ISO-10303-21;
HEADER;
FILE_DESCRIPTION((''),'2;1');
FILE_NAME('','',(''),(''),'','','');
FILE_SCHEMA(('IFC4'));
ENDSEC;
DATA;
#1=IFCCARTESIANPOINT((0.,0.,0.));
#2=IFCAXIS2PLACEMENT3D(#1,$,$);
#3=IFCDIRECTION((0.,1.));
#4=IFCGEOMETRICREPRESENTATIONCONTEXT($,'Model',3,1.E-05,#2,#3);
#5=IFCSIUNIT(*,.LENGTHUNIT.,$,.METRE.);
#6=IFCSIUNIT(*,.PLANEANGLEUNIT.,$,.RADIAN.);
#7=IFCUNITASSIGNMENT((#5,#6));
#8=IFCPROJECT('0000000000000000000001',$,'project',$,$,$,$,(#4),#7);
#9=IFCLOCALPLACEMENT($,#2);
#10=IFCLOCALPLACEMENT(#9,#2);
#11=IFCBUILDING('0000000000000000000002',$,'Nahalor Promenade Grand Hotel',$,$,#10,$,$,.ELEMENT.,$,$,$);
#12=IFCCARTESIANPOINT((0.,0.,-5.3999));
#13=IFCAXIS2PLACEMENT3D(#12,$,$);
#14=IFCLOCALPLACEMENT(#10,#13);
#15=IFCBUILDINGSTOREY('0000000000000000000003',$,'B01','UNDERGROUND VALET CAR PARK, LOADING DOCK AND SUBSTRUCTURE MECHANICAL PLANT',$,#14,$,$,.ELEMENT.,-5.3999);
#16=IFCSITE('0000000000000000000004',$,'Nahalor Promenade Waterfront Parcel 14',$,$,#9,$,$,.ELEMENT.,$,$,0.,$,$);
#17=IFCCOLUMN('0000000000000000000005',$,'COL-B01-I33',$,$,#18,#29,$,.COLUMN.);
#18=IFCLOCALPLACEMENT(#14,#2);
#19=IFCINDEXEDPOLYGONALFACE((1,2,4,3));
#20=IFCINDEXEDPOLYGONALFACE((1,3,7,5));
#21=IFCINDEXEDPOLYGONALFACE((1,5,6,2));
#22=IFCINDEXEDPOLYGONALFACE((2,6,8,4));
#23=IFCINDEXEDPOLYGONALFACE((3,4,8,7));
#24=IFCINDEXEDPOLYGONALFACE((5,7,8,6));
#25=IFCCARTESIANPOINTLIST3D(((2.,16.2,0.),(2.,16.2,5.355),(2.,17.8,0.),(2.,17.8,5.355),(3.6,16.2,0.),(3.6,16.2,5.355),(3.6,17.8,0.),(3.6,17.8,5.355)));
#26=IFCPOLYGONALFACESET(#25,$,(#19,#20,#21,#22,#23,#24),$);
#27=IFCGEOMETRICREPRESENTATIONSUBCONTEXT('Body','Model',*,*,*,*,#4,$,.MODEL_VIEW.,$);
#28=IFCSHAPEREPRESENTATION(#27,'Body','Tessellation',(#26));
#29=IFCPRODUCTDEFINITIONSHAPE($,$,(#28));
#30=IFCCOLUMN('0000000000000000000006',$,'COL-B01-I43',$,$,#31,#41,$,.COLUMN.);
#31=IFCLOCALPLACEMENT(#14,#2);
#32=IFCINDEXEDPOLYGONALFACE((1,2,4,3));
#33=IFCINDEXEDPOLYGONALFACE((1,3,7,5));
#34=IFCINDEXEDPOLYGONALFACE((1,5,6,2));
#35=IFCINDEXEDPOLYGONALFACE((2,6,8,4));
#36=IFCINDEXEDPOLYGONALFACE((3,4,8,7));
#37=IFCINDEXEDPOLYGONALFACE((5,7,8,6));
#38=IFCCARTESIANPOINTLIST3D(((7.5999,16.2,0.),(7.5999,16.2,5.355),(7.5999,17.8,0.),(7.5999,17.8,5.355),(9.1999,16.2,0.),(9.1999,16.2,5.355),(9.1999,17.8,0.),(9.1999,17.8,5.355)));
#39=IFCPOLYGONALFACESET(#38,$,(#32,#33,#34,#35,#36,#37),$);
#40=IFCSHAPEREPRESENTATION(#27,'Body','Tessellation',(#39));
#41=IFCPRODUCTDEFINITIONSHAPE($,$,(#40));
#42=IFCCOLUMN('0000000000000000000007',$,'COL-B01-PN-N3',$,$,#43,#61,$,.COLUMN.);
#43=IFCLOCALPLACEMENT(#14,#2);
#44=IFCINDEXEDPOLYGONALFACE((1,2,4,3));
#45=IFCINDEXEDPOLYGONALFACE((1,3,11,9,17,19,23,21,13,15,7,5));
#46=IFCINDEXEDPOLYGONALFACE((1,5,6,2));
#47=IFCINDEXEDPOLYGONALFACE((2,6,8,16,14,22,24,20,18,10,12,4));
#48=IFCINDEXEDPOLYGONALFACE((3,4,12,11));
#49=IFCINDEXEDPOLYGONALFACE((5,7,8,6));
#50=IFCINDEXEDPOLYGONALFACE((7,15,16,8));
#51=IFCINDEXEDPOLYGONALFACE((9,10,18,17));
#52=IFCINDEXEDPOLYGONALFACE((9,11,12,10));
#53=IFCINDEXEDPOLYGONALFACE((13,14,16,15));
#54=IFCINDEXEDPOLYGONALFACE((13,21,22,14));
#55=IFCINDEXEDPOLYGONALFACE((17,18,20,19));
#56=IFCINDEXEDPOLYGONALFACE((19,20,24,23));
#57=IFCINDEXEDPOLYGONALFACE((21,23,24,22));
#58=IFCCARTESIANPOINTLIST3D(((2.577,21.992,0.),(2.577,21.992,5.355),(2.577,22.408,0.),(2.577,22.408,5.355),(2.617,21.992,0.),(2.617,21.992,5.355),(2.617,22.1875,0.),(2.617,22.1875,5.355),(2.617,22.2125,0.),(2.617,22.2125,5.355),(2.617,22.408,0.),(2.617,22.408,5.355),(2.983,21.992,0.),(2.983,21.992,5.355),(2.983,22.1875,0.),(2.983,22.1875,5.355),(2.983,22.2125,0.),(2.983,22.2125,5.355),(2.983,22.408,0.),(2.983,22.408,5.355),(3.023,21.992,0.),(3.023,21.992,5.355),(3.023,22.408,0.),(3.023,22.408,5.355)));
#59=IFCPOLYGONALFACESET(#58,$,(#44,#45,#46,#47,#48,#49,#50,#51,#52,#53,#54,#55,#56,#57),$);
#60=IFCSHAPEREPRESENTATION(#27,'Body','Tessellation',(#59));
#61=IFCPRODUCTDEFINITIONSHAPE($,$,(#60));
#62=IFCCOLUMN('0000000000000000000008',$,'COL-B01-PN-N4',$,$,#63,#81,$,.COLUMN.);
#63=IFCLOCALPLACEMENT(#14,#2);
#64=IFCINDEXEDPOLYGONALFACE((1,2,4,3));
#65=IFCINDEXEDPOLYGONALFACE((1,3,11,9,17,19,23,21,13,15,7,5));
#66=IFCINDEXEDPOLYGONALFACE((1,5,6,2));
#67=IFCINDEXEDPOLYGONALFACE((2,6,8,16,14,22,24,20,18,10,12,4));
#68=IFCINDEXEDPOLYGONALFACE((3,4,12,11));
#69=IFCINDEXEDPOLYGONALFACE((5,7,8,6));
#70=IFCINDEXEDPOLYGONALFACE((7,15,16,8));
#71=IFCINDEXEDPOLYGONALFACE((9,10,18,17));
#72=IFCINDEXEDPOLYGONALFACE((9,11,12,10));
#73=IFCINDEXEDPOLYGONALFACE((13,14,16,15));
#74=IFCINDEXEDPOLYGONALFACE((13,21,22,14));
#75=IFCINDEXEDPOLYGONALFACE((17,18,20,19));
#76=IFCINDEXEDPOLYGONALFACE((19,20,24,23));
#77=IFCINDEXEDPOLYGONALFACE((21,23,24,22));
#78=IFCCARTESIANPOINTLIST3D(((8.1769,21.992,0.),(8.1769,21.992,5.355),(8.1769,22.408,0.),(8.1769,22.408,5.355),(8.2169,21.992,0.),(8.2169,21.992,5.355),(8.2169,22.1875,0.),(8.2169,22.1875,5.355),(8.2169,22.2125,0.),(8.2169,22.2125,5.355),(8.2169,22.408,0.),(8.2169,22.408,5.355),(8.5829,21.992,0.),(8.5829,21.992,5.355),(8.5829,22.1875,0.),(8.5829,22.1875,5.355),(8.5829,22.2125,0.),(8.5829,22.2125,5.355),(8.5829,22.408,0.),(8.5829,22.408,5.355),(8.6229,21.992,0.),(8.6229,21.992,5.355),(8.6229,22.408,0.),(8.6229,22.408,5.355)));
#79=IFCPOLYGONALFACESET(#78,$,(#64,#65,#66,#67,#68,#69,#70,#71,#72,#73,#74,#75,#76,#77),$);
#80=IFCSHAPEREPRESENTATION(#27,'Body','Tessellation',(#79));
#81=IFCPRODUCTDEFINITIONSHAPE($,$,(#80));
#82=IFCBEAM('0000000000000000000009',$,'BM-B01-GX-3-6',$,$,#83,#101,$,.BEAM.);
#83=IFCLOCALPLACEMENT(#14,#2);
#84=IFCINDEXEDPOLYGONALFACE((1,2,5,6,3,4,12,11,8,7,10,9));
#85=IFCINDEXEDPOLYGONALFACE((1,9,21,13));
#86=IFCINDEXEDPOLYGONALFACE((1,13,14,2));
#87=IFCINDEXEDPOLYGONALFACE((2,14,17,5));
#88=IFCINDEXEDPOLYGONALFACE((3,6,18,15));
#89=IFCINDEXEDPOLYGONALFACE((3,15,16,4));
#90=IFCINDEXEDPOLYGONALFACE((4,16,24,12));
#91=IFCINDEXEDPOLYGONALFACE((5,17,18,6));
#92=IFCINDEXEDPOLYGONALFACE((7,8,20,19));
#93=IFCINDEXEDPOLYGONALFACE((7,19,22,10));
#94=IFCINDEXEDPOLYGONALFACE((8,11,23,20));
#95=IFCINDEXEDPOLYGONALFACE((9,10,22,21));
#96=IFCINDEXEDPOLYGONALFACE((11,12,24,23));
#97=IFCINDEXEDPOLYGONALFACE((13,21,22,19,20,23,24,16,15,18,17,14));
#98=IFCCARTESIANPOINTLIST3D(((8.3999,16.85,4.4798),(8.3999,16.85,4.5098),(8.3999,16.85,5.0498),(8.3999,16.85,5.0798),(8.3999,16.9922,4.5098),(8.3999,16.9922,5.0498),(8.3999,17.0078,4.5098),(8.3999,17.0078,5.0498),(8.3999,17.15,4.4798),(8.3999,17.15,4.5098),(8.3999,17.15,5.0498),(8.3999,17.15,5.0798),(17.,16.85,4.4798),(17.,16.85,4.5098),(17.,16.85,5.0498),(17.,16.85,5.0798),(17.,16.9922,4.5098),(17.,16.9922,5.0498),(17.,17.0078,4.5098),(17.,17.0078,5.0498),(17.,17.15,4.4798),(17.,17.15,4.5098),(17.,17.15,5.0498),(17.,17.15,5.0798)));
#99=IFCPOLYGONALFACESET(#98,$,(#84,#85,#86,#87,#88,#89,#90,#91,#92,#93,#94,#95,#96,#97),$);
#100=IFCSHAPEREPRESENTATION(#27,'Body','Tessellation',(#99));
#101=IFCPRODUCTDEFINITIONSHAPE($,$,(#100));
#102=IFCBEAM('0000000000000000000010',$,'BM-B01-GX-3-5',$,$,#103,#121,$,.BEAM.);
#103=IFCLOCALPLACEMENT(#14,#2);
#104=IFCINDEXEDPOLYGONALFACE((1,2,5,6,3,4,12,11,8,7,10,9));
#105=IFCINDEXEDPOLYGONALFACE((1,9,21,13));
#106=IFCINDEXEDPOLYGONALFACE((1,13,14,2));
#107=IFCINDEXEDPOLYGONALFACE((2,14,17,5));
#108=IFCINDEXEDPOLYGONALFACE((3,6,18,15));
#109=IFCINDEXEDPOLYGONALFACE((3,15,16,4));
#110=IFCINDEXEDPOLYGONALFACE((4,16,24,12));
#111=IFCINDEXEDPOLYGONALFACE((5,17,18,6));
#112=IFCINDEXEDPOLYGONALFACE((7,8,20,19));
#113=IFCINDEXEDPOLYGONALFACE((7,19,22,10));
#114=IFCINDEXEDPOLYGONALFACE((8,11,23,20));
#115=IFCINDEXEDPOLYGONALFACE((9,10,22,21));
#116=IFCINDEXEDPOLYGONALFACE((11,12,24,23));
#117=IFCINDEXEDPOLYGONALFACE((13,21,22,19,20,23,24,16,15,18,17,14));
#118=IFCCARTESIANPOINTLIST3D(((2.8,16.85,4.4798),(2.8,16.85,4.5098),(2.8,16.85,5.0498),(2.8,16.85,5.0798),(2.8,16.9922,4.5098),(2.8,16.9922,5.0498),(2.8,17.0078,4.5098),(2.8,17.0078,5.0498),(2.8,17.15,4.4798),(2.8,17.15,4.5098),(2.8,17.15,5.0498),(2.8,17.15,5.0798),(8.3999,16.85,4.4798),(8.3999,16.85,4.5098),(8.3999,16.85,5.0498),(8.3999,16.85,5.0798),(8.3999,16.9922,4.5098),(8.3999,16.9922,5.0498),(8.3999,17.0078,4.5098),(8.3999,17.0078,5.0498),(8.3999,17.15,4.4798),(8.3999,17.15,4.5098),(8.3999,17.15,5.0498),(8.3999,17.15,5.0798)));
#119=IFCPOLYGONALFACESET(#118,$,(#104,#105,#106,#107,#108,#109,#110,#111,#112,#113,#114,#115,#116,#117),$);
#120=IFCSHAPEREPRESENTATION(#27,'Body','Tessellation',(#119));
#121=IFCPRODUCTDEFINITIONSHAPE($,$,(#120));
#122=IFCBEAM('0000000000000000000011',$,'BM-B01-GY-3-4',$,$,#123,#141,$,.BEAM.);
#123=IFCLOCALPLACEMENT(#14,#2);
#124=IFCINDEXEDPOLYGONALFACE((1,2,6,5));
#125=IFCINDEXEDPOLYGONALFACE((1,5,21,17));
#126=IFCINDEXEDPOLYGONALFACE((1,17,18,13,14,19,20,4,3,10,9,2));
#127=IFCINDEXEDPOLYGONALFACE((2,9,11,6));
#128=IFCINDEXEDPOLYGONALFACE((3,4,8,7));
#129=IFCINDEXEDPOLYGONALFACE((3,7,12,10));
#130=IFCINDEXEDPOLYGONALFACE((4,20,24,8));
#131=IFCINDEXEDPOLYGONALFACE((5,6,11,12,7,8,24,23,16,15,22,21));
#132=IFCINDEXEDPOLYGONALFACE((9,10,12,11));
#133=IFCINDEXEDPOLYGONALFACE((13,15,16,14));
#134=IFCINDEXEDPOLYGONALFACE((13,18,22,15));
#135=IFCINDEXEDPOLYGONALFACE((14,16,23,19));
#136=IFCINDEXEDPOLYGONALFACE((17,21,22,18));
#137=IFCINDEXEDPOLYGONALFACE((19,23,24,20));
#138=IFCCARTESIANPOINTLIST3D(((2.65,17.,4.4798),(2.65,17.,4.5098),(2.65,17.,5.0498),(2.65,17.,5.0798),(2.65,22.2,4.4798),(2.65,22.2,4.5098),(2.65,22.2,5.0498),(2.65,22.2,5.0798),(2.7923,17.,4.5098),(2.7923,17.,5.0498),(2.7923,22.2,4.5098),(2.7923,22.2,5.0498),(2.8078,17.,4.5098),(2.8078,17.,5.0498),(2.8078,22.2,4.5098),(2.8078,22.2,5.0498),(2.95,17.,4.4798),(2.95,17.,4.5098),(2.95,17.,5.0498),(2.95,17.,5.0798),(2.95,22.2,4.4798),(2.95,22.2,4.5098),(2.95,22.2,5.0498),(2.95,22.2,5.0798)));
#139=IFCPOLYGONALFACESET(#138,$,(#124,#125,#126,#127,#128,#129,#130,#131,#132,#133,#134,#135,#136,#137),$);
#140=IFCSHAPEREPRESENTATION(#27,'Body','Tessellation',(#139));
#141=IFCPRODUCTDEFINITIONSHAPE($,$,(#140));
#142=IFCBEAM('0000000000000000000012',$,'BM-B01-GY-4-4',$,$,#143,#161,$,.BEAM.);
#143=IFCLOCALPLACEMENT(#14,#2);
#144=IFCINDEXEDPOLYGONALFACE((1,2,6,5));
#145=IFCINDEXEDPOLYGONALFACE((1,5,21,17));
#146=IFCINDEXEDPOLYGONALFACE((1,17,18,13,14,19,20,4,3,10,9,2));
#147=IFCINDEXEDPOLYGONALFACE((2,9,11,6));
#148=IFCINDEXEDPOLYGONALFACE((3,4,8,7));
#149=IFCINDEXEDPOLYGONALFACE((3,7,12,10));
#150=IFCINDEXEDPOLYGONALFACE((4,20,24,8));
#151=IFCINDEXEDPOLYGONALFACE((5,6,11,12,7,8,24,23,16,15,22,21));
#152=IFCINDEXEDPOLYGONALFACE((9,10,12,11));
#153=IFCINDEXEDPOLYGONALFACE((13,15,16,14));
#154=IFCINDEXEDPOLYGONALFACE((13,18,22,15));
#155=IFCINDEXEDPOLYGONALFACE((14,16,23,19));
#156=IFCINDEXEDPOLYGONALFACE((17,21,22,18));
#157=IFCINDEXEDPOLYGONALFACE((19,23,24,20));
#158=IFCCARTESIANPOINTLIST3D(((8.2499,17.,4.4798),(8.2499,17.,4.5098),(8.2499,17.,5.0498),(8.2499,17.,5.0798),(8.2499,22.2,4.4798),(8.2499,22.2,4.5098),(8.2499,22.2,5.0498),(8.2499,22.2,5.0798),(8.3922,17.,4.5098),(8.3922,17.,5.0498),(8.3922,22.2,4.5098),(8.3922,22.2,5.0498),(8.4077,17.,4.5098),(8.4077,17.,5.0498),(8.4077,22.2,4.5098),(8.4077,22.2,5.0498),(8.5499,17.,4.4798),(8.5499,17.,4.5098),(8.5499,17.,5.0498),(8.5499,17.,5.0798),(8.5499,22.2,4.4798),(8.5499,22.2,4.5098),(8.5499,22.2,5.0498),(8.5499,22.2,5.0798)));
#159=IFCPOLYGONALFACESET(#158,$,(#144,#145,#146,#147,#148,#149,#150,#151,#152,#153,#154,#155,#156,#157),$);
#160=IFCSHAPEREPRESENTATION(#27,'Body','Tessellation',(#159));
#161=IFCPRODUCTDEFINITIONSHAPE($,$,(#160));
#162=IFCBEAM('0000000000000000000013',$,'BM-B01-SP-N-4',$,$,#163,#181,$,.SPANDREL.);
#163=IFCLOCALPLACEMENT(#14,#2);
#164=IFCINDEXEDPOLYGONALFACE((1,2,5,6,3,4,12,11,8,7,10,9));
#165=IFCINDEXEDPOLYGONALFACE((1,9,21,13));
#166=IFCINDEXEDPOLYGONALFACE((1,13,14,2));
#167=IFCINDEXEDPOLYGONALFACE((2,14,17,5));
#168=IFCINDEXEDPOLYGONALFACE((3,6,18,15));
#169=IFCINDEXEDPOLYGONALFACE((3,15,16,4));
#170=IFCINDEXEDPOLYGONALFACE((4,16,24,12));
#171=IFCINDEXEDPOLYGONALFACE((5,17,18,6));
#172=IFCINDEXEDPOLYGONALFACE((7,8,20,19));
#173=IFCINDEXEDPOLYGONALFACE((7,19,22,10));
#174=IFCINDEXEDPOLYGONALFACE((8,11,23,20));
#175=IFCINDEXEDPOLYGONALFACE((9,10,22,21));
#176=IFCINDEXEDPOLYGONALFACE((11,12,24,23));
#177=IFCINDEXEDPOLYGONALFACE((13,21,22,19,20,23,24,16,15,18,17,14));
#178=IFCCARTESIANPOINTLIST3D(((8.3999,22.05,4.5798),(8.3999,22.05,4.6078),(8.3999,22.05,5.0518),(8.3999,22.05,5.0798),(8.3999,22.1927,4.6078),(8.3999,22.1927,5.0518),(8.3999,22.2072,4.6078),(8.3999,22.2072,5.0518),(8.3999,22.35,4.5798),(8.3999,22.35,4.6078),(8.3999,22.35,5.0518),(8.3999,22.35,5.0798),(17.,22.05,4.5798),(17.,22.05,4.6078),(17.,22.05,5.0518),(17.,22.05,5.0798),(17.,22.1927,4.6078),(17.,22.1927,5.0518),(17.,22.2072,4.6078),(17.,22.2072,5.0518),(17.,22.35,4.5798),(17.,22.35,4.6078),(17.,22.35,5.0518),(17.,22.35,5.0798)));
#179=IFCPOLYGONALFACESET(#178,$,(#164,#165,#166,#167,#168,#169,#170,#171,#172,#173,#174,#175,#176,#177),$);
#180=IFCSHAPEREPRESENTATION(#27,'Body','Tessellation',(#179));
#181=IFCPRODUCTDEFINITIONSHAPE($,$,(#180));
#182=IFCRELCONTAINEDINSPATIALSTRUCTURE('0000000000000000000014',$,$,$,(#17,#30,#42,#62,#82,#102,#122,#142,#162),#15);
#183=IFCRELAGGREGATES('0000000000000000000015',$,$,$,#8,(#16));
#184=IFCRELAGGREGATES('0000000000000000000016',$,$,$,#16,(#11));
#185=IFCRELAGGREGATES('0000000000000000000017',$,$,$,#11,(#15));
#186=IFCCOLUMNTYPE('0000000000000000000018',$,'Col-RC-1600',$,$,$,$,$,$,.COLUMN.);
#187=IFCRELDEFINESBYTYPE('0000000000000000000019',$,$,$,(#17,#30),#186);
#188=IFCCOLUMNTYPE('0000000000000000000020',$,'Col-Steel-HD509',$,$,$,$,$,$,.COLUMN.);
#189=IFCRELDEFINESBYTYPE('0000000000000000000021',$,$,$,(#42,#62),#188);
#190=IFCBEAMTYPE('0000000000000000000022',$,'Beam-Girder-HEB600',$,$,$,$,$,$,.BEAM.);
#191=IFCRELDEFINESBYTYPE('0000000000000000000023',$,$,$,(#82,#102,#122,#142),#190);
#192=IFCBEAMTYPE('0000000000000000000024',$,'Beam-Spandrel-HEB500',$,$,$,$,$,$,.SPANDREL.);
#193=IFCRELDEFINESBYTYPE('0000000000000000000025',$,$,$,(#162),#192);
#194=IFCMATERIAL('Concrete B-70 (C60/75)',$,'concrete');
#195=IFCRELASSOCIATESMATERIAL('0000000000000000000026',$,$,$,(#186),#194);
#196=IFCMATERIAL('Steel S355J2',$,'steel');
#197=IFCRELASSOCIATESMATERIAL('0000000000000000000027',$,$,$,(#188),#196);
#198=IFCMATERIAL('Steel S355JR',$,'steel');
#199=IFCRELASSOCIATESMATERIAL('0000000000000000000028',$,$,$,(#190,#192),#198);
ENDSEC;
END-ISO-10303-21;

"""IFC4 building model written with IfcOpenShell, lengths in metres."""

from ifc_helpers import new_model, si_unit, direction, frame, origin, origin_2d, place, context, subcontext, project, spatial, rectangle, i_section, extrude, source, transform, mapped, material, material_profile, profile_set, type_object, element, save


model = new_model("IFC4")

# Units and contexts
model_context = context("Model", 3, precision=1e-05, world=origin(), true_north=direction((0.0, 1.0)))
body_context = subcontext(model_context, "Body", "Model", "MODEL_VIEW")
ifc_project = project(units=[si_unit("LENGTHUNIT", "METRE"), si_unit("PLANEANGLEUNIT", "RADIAN")], contexts=[model_context])

# Site, building, storey
site_placement = place(None, origin())
site = spatial("IfcSite", under=ifc_project, at=site_placement, Name="Nahalor Promenade Waterfront Parcel 14", CompositionType="ELEMENT", RefElevation=0.0)
building_placement = place(site_placement, origin())
building = spatial("IfcBuilding", under=site, at=building_placement, Name="Nahalor Promenade Grand Hotel", CompositionType="ELEMENT")
storey_placement = place(building_placement, frame((0.0, 0.0, -5.3999)))
storey = spatial("IfcBuildingStorey", under=building, at=storey_placement, Name="B01", Description="UNDERGROUND VALET CAR PARK, LOADING DOCK AND SUBSTRUCTURE MECHANICAL PLANT", CompositionType="ELEMENT", Elevation=-5.3999)

# Columns
ifc_material_1 = material(Name="Concrete B-70 (C60/75)", Category="concrete")
ifc_material_profile_1 = material_profile(ifc_material_1, rectangle(XDim=1.6, YDim=1.6, at=origin_2d()), Name="RC 1600x1600")
ifc_profile_set_1 = profile_set([ifc_material_profile_1], Name="Concrete B-70 (C60/75)")
column_type_1 = type_object("IfcColumnType", Name="Col-RC-1600", PredefinedType="COLUMN", material=ifc_profile_set_1)
shared_shape_1 = source(origin(), body_context, "Body", "SweptSolid", [
    extrude(rectangle(XDim=1.6, YDim=1.6, at=origin_2d()), origin(), (0.0, 0.0, 1.0), 5.355),
])
for number, where, z_axis, x_axis, name in (
    (1, (2.8, 17.0, 0.0), (0.0, 0.0, 1.0), (1.0, 0.0, 0.0), "COL-B01-I33"),
    (2, (8.3999, 17.0, 0.0), (0.0, 0.0, 1.0), (1.0, 0.0, 0.0), "COL-B01-I43"),
):
    element("IfcColumn", number, at=place(storey_placement, frame(where, z_axis=z_axis, x_axis=x_axis)), inside=storey, type_object=column_type_1, Name=name, PredefinedType="COLUMN", context=body_context, shape_type="MappedRepresentation", body=[
        mapped(shared_shape_1, transform((0.0, 0.0, 0.0), scale=1.0)),
    ])
ifc_material_2 = material(Name="Steel S355J2", Category="steel")
ifc_material_profile_2 = material_profile(ifc_material_2, i_section(OverallWidth=0.416, OverallDepth=0.446, WebThickness=0.025, FlangeThickness=0.04, at=origin_2d()), Name="HD 400x509")
ifc_profile_set_2 = profile_set([ifc_material_profile_2], Name="Steel S355J2")
column_type_2 = type_object("IfcColumnType", Name="Col-Steel-HD509", PredefinedType="COLUMN", material=ifc_profile_set_2)
shared_shape_2 = source(origin(), body_context, "Body", "SweptSolid", [
    extrude(i_section(OverallWidth=0.416, OverallDepth=0.446, WebThickness=0.025, FlangeThickness=0.04, at=origin_2d()), origin(), (0.0, 0.0, 1.0), 5.355),
])
for number, where, z_axis, x_axis, name in (
    (3, (2.8, 22.2, 0.0), (0.0, 0.0, 1.0), (0.0, 1.0, 0.0), "COL-B01-PN-N3"),
    (4, (8.3999, 22.2, 0.0), (0.0, 0.0, 1.0), (0.0, 1.0, 0.0), "COL-B01-PN-N4"),
):
    element("IfcColumn", number, at=place(storey_placement, frame(where, z_axis=z_axis, x_axis=x_axis)), inside=storey, type_object=column_type_2, Name=name, PredefinedType="COLUMN", context=body_context, shape_type="MappedRepresentation", body=[
        mapped(shared_shape_2, transform((0.0, 0.0, 0.0), scale=1.0)),
    ])

# Beams
ifc_material_3 = material(Name="Steel S355JR", Category="steel")
ifc_material_profile_3 = material_profile(ifc_material_3, i_section(OverallWidth=0.3, OverallDepth=0.6, WebThickness=0.0155, FlangeThickness=0.03, at=origin_2d()), Name="HEB 600")
ifc_profile_set_3 = profile_set([ifc_material_profile_3], Name="Steel S355JR")
beam_type_1 = type_object("IfcBeamType", Name="Beam-Girder-HEB600", PredefinedType="BEAM", material=ifc_profile_set_3)
shared_shape_3 = source(origin(), body_context, "Body", "SweptSolid", [
    extrude(i_section(OverallWidth=0.3, OverallDepth=0.6, WebThickness=0.0155, FlangeThickness=0.03, at=origin_2d()), origin(), (0.0, 0.0, 1.0), 8.6001),
])
beam_1_placement = place(storey_placement, frame((8.3999, 17.0, 4.7798), z_axis=(1.0, 0.0, 0.0), x_axis=(0.0, 1.0, 0.0)))
element("IfcBeam", 5, at=beam_1_placement, inside=storey, type_object=beam_type_1, Name="BM-B01-GX-3-6", PredefinedType="BEAM", context=body_context, shape_type="MappedRepresentation", body=[
    mapped(shared_shape_3, transform((0.0, 0.0, 0.0), scale=1.0)),
])
shared_shape_4 = source(origin(), body_context, "Body", "SweptSolid", [
    extrude(i_section(OverallWidth=0.3, OverallDepth=0.6, WebThickness=0.0155, FlangeThickness=0.03, at=origin_2d()), origin(), (0.0, 0.0, 1.0), 5.5999),
])
beam_2_placement = place(storey_placement, frame((2.8, 17.0, 4.7798), z_axis=(1.0, 0.0, 0.0), x_axis=(0.0, 1.0, 0.0)))
element("IfcBeam", 6, at=beam_2_placement, inside=storey, type_object=beam_type_1, Name="BM-B01-GX-3-5", PredefinedType="BEAM", context=body_context, shape_type="MappedRepresentation", body=[
    mapped(shared_shape_4, transform((0.0, 0.0, 0.0), scale=1.0)),
])
shared_shape_5 = source(origin(), body_context, "Body", "SweptSolid", [
    extrude(i_section(OverallWidth=0.3, OverallDepth=0.6, WebThickness=0.0155, FlangeThickness=0.03, at=origin_2d()), origin(), (0.0, 0.0, 1.0), 5.2),
])
for number, where, z_axis, x_axis, name in (
    (7, (2.8, 17.0, 4.7798), (0.0, 1.0, 0.0), (-1.0, 0.0, 0.0), "BM-B01-GY-3-4"),
    (8, (8.3999, 17.0, 4.7798), (0.0, 1.0, 0.0), (-1.0, 0.0, 0.0), "BM-B01-GY-4-4"),
):
    element("IfcBeam", number, at=place(storey_placement, frame(where, z_axis=z_axis, x_axis=x_axis)), inside=storey, type_object=beam_type_1, Name=name, PredefinedType="BEAM", context=body_context, shape_type="MappedRepresentation", body=[
        mapped(shared_shape_5, transform((0.0, 0.0, 0.0), scale=1.0)),
    ])
ifc_material_profile_4 = material_profile(ifc_material_3, i_section(OverallWidth=0.3, OverallDepth=0.5, WebThickness=0.0145, FlangeThickness=0.028, at=origin_2d()), Name="HEB 500")
ifc_profile_set_4 = profile_set([ifc_material_profile_4], Name="Steel S355JR")
beam_type_2 = type_object("IfcBeamType", Name="Beam-Spandrel-HEB500", PredefinedType="SPANDREL", material=ifc_profile_set_4)
shared_shape_6 = source(origin(), body_context, "Body", "SweptSolid", [
    extrude(i_section(OverallWidth=0.3, OverallDepth=0.5, WebThickness=0.0145, FlangeThickness=0.028, at=origin_2d()), origin(), (0.0, 0.0, 1.0), 8.6001),
])
beam_3_placement = place(storey_placement, frame((8.3999, 22.2, 4.8298), z_axis=(1.0, 0.0, 0.0), x_axis=(0.0, 1.0, 0.0)))
element("IfcBeam", 9, at=beam_3_placement, inside=storey, type_object=beam_type_2, Name="BM-B01-SP-N-4", PredefinedType="SPANDREL", context=body_context, shape_type="MappedRepresentation", body=[
    mapped(shared_shape_6, transform((0.0, 0.0, 0.0), scale=1.0)),
])

save(model, "model.ifc")
